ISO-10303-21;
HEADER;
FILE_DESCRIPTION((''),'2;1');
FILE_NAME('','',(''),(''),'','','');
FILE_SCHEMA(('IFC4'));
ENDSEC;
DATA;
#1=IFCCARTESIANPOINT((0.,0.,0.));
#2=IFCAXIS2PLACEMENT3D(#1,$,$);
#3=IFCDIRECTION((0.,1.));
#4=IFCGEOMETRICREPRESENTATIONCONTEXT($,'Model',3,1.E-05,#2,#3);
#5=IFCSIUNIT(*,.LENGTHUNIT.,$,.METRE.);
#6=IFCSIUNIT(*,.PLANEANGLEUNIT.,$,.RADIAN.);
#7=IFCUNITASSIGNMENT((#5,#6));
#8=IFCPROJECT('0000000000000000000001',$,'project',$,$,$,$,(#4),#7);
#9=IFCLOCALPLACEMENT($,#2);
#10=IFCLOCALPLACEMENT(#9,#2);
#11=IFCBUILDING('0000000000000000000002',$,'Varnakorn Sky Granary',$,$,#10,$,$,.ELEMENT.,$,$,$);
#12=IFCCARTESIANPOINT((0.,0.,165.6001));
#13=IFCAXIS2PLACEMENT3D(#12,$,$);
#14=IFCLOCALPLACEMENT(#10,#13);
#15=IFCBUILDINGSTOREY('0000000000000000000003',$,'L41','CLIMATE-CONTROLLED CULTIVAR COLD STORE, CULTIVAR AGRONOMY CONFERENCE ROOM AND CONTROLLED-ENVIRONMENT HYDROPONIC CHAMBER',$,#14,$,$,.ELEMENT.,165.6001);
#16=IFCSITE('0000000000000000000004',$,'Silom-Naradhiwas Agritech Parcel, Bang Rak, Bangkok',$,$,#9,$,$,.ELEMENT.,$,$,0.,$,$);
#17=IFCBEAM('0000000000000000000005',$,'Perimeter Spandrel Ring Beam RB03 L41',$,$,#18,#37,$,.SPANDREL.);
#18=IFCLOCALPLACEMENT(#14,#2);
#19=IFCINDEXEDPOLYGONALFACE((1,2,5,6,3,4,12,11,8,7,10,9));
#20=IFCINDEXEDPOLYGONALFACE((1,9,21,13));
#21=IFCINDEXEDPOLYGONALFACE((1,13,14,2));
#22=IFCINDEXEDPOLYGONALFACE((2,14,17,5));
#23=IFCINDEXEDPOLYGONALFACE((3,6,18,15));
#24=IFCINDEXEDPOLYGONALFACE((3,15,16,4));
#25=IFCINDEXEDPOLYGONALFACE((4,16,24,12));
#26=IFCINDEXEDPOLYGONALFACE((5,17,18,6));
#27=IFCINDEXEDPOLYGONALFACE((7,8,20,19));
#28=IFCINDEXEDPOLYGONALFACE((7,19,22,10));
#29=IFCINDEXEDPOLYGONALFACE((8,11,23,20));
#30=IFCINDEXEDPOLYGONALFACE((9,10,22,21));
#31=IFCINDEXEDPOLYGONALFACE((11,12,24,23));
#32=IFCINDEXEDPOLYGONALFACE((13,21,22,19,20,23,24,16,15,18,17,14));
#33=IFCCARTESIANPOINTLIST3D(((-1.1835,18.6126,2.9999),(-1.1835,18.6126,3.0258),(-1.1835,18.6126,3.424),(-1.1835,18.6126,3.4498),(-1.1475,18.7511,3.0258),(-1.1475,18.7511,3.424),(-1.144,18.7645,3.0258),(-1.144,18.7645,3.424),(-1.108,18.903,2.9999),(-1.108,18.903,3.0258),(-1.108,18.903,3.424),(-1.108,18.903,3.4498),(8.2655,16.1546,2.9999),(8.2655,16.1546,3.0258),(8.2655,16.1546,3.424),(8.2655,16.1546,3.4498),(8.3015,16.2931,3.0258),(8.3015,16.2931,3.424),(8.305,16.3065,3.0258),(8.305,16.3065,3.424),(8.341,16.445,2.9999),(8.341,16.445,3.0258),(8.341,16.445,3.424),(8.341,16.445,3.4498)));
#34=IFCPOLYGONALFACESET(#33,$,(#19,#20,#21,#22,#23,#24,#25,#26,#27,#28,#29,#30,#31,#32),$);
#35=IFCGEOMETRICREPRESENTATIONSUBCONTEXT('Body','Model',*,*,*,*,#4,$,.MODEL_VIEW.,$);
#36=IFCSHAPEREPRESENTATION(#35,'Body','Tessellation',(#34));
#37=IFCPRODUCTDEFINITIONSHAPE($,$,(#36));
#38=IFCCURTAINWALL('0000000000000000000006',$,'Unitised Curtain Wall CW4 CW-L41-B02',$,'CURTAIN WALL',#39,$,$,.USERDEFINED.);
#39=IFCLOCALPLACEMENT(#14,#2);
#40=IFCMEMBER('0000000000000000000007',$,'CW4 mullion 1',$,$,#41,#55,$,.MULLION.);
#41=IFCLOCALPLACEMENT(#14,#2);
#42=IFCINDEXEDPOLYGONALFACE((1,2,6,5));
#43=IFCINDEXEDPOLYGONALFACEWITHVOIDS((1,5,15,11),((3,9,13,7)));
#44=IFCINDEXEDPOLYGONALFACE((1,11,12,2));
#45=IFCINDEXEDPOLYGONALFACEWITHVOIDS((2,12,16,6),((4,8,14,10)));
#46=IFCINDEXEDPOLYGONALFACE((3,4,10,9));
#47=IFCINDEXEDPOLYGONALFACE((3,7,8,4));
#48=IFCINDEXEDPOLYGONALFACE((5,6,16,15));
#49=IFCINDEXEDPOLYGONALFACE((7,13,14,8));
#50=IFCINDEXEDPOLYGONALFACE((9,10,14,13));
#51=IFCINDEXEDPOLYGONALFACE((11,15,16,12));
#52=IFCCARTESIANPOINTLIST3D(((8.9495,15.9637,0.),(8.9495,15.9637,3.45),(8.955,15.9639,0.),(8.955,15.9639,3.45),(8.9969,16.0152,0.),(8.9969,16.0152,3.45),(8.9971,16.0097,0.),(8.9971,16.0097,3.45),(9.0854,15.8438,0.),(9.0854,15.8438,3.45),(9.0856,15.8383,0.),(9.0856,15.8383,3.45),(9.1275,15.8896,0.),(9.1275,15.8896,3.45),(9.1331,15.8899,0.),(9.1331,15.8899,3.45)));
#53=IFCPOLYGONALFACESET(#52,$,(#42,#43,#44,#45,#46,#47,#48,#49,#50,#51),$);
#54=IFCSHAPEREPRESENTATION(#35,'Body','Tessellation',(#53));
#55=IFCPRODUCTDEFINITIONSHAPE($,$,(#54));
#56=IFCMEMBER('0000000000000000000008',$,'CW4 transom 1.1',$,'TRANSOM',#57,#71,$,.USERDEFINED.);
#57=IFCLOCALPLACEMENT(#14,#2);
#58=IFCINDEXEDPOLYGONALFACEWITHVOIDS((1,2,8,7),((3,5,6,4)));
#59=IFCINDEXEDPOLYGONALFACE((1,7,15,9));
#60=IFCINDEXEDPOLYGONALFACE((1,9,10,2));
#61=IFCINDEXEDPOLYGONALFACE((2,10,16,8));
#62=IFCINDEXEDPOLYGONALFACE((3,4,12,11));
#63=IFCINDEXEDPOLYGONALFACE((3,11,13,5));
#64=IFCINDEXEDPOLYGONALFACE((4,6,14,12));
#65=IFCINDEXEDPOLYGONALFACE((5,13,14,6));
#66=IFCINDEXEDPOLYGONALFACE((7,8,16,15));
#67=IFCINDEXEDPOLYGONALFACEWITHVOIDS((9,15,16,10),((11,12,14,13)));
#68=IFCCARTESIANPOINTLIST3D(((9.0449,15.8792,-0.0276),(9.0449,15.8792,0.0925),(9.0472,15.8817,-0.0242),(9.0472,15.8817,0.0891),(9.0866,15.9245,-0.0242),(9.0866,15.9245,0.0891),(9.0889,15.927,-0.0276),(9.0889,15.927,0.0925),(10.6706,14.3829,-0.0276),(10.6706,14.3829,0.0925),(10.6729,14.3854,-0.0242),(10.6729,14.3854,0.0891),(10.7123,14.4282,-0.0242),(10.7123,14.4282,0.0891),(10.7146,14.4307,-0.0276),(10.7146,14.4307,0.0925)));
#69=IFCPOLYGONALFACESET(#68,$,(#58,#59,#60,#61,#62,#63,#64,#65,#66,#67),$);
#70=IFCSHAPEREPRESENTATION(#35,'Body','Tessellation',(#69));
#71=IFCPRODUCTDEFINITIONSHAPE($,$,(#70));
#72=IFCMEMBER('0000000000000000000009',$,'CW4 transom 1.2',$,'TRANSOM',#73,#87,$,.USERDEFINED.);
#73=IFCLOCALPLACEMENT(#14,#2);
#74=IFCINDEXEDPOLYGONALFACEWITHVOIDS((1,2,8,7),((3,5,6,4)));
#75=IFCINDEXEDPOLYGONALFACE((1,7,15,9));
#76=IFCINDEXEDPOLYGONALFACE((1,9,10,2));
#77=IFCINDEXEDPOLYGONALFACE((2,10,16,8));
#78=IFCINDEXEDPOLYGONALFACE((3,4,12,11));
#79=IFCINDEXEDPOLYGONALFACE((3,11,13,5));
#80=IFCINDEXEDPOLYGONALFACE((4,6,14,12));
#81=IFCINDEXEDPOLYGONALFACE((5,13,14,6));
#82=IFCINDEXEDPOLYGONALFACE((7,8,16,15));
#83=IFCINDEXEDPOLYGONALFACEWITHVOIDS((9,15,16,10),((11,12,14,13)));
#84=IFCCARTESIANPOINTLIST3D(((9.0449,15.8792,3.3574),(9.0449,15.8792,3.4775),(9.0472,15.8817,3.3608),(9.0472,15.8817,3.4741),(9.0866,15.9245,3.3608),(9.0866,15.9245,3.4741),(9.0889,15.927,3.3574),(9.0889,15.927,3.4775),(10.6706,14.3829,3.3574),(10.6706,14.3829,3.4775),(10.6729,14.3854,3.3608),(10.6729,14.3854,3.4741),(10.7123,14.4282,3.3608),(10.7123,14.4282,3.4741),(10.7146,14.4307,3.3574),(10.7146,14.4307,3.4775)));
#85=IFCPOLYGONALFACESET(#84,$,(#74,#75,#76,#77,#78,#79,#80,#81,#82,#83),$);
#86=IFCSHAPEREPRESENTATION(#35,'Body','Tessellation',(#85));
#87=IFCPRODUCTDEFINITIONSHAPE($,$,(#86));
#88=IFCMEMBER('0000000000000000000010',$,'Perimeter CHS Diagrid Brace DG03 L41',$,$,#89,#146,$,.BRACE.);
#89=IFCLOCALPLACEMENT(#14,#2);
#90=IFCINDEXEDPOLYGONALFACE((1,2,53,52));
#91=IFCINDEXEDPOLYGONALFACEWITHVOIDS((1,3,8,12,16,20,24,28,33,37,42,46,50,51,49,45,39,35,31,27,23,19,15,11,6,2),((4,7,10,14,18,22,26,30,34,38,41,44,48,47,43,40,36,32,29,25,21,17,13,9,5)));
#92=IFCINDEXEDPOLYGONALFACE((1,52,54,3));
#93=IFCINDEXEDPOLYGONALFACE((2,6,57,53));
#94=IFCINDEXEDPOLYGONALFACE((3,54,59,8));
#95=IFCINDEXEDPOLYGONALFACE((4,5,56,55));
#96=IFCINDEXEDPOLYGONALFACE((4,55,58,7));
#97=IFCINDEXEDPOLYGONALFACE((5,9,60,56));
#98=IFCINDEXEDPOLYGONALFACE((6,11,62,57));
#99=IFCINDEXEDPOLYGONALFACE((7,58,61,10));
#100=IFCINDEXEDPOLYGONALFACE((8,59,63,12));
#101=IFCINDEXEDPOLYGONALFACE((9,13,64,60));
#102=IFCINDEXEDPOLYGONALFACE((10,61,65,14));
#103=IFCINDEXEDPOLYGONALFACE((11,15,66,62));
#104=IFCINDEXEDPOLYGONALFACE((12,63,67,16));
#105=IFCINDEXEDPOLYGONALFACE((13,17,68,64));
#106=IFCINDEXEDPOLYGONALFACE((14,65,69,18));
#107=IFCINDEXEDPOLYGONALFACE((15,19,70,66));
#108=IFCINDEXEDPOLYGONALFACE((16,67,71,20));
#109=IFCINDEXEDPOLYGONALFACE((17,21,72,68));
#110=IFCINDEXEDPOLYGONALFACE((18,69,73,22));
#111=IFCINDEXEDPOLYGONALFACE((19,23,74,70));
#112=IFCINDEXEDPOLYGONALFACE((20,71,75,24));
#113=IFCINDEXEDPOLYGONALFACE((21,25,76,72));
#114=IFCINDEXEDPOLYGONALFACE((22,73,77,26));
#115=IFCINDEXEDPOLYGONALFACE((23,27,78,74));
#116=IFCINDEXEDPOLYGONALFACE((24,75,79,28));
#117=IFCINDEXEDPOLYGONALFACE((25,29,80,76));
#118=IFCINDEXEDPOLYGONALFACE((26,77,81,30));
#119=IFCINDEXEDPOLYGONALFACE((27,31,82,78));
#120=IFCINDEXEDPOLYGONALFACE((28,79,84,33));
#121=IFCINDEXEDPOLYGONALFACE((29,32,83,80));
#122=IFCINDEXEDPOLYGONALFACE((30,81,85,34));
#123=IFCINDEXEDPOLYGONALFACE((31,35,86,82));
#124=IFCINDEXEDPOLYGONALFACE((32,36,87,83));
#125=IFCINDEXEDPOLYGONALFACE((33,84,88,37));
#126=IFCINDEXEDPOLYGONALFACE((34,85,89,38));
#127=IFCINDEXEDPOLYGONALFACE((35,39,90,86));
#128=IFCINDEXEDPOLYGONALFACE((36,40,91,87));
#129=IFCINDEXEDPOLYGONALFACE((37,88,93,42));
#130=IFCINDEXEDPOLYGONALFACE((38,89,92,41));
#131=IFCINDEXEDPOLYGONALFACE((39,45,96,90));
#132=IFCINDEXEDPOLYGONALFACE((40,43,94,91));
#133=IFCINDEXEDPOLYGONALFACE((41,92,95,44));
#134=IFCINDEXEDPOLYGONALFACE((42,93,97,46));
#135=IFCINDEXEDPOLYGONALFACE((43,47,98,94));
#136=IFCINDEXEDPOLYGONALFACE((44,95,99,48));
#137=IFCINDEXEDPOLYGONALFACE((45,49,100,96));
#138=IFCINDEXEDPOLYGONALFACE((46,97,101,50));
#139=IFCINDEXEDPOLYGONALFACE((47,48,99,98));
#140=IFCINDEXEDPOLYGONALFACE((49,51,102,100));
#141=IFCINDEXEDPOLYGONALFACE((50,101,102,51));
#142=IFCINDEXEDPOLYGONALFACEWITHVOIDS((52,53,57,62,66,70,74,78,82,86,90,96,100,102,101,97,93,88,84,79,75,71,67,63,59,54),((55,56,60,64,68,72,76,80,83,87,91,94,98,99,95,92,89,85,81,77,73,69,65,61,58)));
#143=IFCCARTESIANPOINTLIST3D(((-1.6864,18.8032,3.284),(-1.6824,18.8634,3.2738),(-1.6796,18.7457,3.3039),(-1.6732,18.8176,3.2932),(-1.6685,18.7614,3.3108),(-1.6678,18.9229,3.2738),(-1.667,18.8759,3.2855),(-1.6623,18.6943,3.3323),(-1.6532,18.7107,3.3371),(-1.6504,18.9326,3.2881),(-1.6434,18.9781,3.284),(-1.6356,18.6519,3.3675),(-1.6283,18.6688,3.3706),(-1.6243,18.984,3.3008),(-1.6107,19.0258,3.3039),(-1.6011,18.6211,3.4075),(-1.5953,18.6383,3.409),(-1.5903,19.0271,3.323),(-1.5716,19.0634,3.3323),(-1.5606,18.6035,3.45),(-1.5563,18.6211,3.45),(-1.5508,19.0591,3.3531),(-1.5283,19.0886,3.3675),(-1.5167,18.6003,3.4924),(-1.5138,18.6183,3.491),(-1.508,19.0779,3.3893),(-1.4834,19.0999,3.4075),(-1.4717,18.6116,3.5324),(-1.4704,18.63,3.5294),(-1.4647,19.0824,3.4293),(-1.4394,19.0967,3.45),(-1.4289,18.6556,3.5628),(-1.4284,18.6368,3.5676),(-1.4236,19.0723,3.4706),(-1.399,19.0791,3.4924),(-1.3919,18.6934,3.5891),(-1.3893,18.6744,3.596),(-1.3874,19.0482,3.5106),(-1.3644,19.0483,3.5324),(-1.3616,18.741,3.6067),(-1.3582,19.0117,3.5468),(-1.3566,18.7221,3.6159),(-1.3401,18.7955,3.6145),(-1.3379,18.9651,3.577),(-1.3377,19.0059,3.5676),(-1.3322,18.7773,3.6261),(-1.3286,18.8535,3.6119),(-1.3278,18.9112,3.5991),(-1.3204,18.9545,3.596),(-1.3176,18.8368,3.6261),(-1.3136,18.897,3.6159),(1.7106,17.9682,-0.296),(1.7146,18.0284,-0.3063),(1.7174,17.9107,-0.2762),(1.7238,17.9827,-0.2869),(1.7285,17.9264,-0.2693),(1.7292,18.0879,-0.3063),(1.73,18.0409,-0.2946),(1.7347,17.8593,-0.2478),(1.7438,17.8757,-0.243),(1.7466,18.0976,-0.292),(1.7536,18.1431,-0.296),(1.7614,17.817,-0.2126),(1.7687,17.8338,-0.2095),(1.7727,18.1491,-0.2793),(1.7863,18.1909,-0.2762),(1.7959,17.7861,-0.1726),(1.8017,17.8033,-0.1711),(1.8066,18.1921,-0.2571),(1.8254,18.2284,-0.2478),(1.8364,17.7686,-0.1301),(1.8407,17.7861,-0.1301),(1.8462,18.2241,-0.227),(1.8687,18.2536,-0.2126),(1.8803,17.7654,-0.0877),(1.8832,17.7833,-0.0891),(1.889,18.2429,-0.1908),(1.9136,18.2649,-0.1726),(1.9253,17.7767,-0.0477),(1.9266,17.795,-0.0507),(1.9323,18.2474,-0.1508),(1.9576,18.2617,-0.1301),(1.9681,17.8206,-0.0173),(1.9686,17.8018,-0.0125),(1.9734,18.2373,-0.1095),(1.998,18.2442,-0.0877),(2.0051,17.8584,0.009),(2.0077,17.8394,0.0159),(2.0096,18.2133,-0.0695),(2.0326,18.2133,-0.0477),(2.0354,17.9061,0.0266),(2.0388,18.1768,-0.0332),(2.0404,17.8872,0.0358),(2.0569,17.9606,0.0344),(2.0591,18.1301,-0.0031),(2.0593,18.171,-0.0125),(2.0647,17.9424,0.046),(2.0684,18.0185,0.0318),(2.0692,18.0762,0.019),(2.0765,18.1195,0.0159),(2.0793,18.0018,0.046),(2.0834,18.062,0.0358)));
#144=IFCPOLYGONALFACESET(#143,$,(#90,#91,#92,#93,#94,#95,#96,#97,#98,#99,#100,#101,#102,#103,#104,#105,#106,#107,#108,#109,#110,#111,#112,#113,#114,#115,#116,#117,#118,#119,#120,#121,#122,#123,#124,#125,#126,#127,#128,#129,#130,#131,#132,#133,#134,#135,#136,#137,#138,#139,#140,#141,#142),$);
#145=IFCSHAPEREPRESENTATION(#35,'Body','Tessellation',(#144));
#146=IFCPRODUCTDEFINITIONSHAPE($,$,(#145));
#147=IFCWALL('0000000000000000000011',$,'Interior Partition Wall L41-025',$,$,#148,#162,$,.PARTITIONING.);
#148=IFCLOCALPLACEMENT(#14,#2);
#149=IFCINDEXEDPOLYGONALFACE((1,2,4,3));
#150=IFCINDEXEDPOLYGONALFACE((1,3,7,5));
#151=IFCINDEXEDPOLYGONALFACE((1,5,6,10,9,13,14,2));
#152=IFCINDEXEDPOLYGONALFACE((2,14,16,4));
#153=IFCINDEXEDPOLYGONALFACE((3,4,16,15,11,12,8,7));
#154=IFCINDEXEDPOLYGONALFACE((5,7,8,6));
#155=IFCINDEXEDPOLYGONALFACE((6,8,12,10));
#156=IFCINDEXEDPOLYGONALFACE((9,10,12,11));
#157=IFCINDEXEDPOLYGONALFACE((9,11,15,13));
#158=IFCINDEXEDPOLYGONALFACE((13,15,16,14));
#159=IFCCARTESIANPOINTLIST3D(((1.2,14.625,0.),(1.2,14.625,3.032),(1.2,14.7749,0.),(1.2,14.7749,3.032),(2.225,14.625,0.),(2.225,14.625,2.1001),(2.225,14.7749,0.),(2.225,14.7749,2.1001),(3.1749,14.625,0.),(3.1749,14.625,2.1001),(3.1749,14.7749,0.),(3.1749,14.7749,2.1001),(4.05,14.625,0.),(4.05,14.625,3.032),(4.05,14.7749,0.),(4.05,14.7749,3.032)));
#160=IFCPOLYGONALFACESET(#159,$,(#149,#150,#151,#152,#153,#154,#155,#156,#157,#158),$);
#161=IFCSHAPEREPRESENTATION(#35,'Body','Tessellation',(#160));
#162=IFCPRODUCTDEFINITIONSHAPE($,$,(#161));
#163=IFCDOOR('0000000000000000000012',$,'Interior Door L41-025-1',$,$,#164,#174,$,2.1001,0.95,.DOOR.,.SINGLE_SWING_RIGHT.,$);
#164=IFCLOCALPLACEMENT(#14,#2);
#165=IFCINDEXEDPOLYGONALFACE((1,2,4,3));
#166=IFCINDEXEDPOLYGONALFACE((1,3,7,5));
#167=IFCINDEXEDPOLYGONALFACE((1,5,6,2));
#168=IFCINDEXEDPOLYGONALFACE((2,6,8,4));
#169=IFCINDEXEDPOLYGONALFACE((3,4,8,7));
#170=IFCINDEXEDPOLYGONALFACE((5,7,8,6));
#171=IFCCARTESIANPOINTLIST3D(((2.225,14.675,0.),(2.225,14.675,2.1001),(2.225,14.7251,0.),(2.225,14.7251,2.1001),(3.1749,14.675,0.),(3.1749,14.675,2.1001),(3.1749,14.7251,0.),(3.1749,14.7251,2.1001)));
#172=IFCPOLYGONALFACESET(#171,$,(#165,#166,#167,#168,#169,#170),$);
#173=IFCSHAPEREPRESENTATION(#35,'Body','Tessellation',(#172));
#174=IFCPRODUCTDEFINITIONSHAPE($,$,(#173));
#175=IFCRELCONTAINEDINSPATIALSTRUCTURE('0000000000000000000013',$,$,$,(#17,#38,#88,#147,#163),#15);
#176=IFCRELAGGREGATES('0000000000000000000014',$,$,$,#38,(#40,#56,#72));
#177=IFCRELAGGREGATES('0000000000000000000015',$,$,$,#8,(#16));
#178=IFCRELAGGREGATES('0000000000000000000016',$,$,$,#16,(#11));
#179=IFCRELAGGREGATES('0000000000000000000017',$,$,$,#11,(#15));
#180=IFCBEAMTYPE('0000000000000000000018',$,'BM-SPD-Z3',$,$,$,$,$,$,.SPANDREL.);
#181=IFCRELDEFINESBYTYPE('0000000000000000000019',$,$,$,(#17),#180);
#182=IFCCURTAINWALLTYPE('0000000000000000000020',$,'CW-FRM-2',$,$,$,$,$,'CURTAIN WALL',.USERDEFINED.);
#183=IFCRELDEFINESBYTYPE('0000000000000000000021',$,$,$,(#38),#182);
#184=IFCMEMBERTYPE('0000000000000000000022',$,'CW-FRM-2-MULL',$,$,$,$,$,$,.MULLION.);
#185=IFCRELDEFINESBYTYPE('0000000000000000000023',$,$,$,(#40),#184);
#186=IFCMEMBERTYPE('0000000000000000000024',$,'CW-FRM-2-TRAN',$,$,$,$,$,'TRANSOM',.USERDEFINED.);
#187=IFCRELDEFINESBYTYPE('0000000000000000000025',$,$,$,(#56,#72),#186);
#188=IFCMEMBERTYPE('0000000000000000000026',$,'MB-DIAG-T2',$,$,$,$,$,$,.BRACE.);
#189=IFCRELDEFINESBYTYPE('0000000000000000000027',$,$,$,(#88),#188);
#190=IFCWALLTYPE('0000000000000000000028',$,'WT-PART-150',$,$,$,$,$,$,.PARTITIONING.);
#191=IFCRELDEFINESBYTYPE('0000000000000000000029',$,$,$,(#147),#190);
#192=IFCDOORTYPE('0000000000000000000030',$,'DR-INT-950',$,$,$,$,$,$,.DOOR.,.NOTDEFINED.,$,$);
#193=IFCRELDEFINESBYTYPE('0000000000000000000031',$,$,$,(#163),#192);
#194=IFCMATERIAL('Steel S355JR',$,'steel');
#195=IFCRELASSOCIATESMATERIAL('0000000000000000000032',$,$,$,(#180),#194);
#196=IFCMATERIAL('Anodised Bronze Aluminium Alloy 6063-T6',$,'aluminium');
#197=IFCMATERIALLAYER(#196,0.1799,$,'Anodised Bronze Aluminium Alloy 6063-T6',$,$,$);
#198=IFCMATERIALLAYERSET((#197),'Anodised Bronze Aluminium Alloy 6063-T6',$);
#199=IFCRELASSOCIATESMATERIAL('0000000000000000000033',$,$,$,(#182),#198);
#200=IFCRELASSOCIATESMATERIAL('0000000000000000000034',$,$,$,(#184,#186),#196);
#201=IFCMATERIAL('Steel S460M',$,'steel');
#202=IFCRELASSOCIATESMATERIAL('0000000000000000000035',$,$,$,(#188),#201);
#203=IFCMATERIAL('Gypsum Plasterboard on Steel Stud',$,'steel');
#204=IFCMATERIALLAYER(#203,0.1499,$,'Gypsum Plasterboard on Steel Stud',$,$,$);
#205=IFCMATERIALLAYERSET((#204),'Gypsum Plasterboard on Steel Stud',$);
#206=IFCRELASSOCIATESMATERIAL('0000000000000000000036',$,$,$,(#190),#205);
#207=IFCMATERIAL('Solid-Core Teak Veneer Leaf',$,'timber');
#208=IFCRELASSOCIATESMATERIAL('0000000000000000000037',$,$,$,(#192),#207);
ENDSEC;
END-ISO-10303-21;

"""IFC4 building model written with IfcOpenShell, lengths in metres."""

from ifc_helpers import new_model, si_unit, direction, frame, frame_2d, origin, origin_2d, place, context, subcontext, project, spatial, rectangle, hollow_rectangle, hollow_circle, i_section, extrude, material, layer, layer_set, material_profile, profile_set, type_object, element, fill, aggregate, save


model = new_model("IFC4")

# Units and contexts
model_context = context("Model", 3, precision=1e-05, world=origin(), true_north=direction((0.0, 1.0)))
body_context = subcontext(model_context, "Body", "Model", "MODEL_VIEW")
ifc_project = project(units=[si_unit("LENGTHUNIT", "METRE"), si_unit("PLANEANGLEUNIT", "RADIAN")], contexts=[model_context])

# Site, building, storey
site_placement = place(None, origin())
site = spatial("IfcSite", under=ifc_project, at=site_placement, Name="Silom-Naradhiwas Agritech Parcel, Bang Rak, Bangkok", CompositionType="ELEMENT", RefElevation=0.0)
building_placement = place(site_placement, origin())
building = spatial("IfcBuilding", under=site, at=building_placement, Name="Varnakorn Sky Granary", CompositionType="ELEMENT")
storey_placement = place(building_placement, frame((0.0, 0.0, 165.6001)))
storey = spatial("IfcBuildingStorey", under=building, at=storey_placement, Name="L41", Description="CLIMATE-CONTROLLED CULTIVAR COLD STORE, CULTIVAR AGRONOMY CONFERENCE ROOM AND CONTROLLED-ENVIRONMENT HYDROPONIC CHAMBER", CompositionType="ELEMENT", Elevation=165.6001)

# Shared definitions
ifc_material_1 = material(Name="Steel S460M", Category="steel")

# Beam
ifc_material_2 = material(Name="Steel S355JR", Category="steel")
ifc_material_profile_1 = material_profile(ifc_material_2, i_section(OverallWidth=0.3, OverallDepth=0.45, WebThickness=0.0139, FlangeThickness=0.0259, at=origin_2d()), Name="HE 450 B")
ifc_profile_set_1 = profile_set([ifc_material_profile_1], Name="Steel S355JR")
beam_type_1 = type_object("IfcBeamType", Name="BM-SPD-Z3", PredefinedType="SPANDREL", material=ifc_profile_set_1)
beam_1_placement = place(storey_placement, frame((8.3032, 16.2998, 3.2249), z_axis=(-0.967791, 0.251756, 0.0), x_axis=(-0.251756, -0.967791, 0.0)))
element("IfcBeam", 1, at=beam_1_placement, inside=storey, type_object=beam_type_1, Name="Perimeter Spandrel Ring Beam RB03 L41", PredefinedType="SPANDREL", context=body_context, shape_type="SweptSolid", body=[
    extrude(i_section(OverallWidth=0.3, OverallDepth=0.45, WebThickness=0.0139, FlangeThickness=0.0259, at=origin_2d()), origin(), (0.0, 0.0, 1.0), 9.7634),
])

# Curtain wall, members
ifc_material_3 = material(Name="Anodised Bronze Aluminium Alloy 6063-T6", Category="aluminium")
ifc_layer_1 = layer(ifc_material_3, 0.1799, Name="Anodised Bronze Aluminium Alloy 6063-T6")
ifc_layer_set_1 = layer_set([ifc_layer_1], Name="Anodised Bronze Aluminium Alloy 6063-T6")
curtain_wall_type = type_object("IfcCurtainWallType", Name="CW-FRM-2", ElementType="CURTAIN WALL", PredefinedType="USERDEFINED", material=ifc_layer_set_1)
curtain_wall_placement = place(storey_placement, origin())
curtain_wall = element("IfcCurtainWall", 2, at=curtain_wall_placement, inside=storey, type_object=curtain_wall_type, Name="Unitised Curtain Wall CW4 CW-L41-B02", ObjectType="CURTAIN WALL", PredefinedType="USERDEFINED")
ifc_material_profile_2 = material_profile(ifc_material_3, hollow_rectangle(XDim=0.0701, YDim=0.1851, WallThickness=0.0039, at=origin_2d()), Name="ALU MULL 70x185")
ifc_profile_set_2 = profile_set([ifc_material_profile_2], Name="Anodised Bronze Aluminium Alloy 6063-T6")
member_type_1 = type_object("IfcMemberType", Name="CW-FRM-2-MULL", PredefinedType="MULLION", material=ifc_profile_set_2)
member_1_placement = place(storey_placement, frame((9.0413, 15.9268, 0.0), z_axis=(0.0, 0.0, 1.0), x_axis=(0.677285, 0.735721, 0.0)))
member_1 = element("IfcMember", 3, at=member_1_placement, type_object=member_type_1, Name="CW4 mullion 1", PredefinedType="MULLION", context=body_context, shape_type="SweptSolid", body=[
    extrude(hollow_rectangle(XDim=0.0701, YDim=0.1851, WallThickness=0.0039, at=origin_2d()), origin(), (0.0, 0.0, 1.0), 3.45),
])
ifc_material_profile_3 = material_profile(ifc_material_3, hollow_rectangle(XDim=0.0649, YDim=0.1201, WallThickness=0.0034, at=origin_2d()), Name="ALU TRAN 65x120")
ifc_profile_set_3 = profile_set([ifc_material_profile_3], Name="Anodised Bronze Aluminium Alloy 6063-T6")
member_type_2 = type_object("IfcMemberType", Name="CW-FRM-2-TRAN", ElementType="TRANSOM", PredefinedType="USERDEFINED", material=ifc_profile_set_3)
member_2_placement = place(storey_placement, frame((9.0669, 15.9031, 0.0325), z_axis=(0.735781, -0.677219, 0.0), x_axis=(0.677219, 0.735781, 0.0)))
member_2 = element("IfcMember", 4, at=member_2_placement, type_object=member_type_2, Name="CW4 transom 1.1", ObjectType="TRANSOM", PredefinedType="USERDEFINED", context=body_context, shape_type="SweptSolid", body=[
    extrude(hollow_rectangle(XDim=0.0649, YDim=0.1201, WallThickness=0.0034, at=origin_2d()), origin(), (0.0, 0.0, 1.0), 2.2095),
])
member_3_placement = place(storey_placement, frame((9.0669, 15.9031, 3.4175), z_axis=(0.735781, -0.677219, 0.0), x_axis=(0.677219, 0.735781, 0.0)))
member_3 = element("IfcMember", 5, at=member_3_placement, type_object=member_type_2, Name="CW4 transom 1.2", ObjectType="TRANSOM", PredefinedType="USERDEFINED", context=body_context, shape_type="SweptSolid", body=[
    extrude(hollow_rectangle(XDim=0.0649, YDim=0.1201, WallThickness=0.0034, at=origin_2d()), origin(), (0.0, 0.0, 1.0), 2.2095),
])
aggregate(curtain_wall, [member_1, member_2, member_3])

# Member
ifc_material_profile_4 = material_profile(ifc_material_1, hollow_circle(Radius=0.2539, WallThickness=0.0181, at=origin_2d()), Name="CHS 508x18")
ifc_profile_set_4 = profile_set([ifc_material_profile_4], Name="Steel S460M")
member_type_3 = type_object("IfcMemberType", Name="MB-DIAG-T2", PredefinedType="BRACE", material=ifc_profile_set_4)
member_4_placement = place(storey_placement, frame((1.897, 18.0151, -0.1301), z_axis=(-0.678668, 0.166814, 0.71525), x_axis=(-0.238691, -0.971096, 0.0)))
element("IfcMember", 6, at=member_4_placement, inside=storey, type_object=member_type_3, Name="Perimeter CHS Diagrid Brace DG03 L41", PredefinedType="BRACE", context=body_context, shape_type="SweptSolid", body=[
    extrude(hollow_circle(Radius=0.2539, WallThickness=0.0181, at=origin_2d()), origin(), (0.0, 0.0, 1.0), 5.0054),
])

# Wall, opening, door
ifc_material_4 = material(Name="Gypsum Plasterboard on Steel Stud", Category="steel")
ifc_layer_2 = layer(ifc_material_4, 0.1499, Name="Gypsum Plasterboard on Steel Stud")
ifc_layer_set_2 = layer_set([ifc_layer_2], Name="Gypsum Plasterboard on Steel Stud")
wall_type_1 = type_object("IfcWallType", Name="WT-PART-150", PredefinedType="PARTITIONING", material=ifc_layer_set_2)
wall_1_placement = place(storey_placement, frame((4.05, 14.7, 0.0), z_axis=(0.0, 0.0, 1.0), x_axis=(-1.0, 0.0, 0.0)))
wall_1 = element("IfcWall", 7, at=wall_1_placement, inside=storey, type_object=wall_type_1, Name="Interior Partition Wall L41-025", PredefinedType="PARTITIONING", context=body_context, shape_type="SweptSolid", body=[
    extrude(rectangle(XDim=2.8501, YDim=0.1499, at=frame_2d((1.425, 0.0))), origin(), (0.0, 0.0, 1.0), 3.032),
])
opening_1_placement = place(wall_1_placement, frame((0.875, 0.0, 0.0)))
opening_1 = element("IfcOpeningElement", 8, at=opening_1_placement, cuts=wall_1, PredefinedType="OPENING", context=body_context, shape_type="SweptSolid", body=[
    extrude(rectangle(XDim=0.95, YDim=2.1001, at=frame_2d((0.4751, 1.05))), frame((0.0, 0.085, 0.0), z_axis=(0.0, -1.0, 0.0), x_axis=(1.0, 0.0, 0.0)), (0.0, 0.0, 1.0), 0.1699),
])
ifc_material_5 = material(Name="Solid-Core Teak Veneer Leaf", Category="timber")
door_type = type_object("IfcDoorType", Name="DR-INT-950", OperationType="NOTDEFINED", PredefinedType="DOOR", material=ifc_material_5)
door_1_placement = place(opening_1_placement, origin())
door_1 = element("IfcDoor", 9, at=door_1_placement, inside=storey, type_object=door_type, Name="Interior Door L41-025-1", OperationType="SINGLE_SWING_RIGHT", OverallHeight=2.1001, OverallWidth=0.95, PredefinedType="DOOR", context=body_context, shape_type="SweptSolid", body=[
    extrude(rectangle(XDim=0.95, YDim=2.1001, at=frame_2d((0.4751, 1.05))), frame((0.0, 0.0249, 0.0), z_axis=(0.0, -1.0, 0.0), x_axis=(1.0, 0.0, 0.0)), (0.0, 0.0, 1.0), 0.05),
])
fill(opening_1, door_1)

save(model, "model.ifc")
